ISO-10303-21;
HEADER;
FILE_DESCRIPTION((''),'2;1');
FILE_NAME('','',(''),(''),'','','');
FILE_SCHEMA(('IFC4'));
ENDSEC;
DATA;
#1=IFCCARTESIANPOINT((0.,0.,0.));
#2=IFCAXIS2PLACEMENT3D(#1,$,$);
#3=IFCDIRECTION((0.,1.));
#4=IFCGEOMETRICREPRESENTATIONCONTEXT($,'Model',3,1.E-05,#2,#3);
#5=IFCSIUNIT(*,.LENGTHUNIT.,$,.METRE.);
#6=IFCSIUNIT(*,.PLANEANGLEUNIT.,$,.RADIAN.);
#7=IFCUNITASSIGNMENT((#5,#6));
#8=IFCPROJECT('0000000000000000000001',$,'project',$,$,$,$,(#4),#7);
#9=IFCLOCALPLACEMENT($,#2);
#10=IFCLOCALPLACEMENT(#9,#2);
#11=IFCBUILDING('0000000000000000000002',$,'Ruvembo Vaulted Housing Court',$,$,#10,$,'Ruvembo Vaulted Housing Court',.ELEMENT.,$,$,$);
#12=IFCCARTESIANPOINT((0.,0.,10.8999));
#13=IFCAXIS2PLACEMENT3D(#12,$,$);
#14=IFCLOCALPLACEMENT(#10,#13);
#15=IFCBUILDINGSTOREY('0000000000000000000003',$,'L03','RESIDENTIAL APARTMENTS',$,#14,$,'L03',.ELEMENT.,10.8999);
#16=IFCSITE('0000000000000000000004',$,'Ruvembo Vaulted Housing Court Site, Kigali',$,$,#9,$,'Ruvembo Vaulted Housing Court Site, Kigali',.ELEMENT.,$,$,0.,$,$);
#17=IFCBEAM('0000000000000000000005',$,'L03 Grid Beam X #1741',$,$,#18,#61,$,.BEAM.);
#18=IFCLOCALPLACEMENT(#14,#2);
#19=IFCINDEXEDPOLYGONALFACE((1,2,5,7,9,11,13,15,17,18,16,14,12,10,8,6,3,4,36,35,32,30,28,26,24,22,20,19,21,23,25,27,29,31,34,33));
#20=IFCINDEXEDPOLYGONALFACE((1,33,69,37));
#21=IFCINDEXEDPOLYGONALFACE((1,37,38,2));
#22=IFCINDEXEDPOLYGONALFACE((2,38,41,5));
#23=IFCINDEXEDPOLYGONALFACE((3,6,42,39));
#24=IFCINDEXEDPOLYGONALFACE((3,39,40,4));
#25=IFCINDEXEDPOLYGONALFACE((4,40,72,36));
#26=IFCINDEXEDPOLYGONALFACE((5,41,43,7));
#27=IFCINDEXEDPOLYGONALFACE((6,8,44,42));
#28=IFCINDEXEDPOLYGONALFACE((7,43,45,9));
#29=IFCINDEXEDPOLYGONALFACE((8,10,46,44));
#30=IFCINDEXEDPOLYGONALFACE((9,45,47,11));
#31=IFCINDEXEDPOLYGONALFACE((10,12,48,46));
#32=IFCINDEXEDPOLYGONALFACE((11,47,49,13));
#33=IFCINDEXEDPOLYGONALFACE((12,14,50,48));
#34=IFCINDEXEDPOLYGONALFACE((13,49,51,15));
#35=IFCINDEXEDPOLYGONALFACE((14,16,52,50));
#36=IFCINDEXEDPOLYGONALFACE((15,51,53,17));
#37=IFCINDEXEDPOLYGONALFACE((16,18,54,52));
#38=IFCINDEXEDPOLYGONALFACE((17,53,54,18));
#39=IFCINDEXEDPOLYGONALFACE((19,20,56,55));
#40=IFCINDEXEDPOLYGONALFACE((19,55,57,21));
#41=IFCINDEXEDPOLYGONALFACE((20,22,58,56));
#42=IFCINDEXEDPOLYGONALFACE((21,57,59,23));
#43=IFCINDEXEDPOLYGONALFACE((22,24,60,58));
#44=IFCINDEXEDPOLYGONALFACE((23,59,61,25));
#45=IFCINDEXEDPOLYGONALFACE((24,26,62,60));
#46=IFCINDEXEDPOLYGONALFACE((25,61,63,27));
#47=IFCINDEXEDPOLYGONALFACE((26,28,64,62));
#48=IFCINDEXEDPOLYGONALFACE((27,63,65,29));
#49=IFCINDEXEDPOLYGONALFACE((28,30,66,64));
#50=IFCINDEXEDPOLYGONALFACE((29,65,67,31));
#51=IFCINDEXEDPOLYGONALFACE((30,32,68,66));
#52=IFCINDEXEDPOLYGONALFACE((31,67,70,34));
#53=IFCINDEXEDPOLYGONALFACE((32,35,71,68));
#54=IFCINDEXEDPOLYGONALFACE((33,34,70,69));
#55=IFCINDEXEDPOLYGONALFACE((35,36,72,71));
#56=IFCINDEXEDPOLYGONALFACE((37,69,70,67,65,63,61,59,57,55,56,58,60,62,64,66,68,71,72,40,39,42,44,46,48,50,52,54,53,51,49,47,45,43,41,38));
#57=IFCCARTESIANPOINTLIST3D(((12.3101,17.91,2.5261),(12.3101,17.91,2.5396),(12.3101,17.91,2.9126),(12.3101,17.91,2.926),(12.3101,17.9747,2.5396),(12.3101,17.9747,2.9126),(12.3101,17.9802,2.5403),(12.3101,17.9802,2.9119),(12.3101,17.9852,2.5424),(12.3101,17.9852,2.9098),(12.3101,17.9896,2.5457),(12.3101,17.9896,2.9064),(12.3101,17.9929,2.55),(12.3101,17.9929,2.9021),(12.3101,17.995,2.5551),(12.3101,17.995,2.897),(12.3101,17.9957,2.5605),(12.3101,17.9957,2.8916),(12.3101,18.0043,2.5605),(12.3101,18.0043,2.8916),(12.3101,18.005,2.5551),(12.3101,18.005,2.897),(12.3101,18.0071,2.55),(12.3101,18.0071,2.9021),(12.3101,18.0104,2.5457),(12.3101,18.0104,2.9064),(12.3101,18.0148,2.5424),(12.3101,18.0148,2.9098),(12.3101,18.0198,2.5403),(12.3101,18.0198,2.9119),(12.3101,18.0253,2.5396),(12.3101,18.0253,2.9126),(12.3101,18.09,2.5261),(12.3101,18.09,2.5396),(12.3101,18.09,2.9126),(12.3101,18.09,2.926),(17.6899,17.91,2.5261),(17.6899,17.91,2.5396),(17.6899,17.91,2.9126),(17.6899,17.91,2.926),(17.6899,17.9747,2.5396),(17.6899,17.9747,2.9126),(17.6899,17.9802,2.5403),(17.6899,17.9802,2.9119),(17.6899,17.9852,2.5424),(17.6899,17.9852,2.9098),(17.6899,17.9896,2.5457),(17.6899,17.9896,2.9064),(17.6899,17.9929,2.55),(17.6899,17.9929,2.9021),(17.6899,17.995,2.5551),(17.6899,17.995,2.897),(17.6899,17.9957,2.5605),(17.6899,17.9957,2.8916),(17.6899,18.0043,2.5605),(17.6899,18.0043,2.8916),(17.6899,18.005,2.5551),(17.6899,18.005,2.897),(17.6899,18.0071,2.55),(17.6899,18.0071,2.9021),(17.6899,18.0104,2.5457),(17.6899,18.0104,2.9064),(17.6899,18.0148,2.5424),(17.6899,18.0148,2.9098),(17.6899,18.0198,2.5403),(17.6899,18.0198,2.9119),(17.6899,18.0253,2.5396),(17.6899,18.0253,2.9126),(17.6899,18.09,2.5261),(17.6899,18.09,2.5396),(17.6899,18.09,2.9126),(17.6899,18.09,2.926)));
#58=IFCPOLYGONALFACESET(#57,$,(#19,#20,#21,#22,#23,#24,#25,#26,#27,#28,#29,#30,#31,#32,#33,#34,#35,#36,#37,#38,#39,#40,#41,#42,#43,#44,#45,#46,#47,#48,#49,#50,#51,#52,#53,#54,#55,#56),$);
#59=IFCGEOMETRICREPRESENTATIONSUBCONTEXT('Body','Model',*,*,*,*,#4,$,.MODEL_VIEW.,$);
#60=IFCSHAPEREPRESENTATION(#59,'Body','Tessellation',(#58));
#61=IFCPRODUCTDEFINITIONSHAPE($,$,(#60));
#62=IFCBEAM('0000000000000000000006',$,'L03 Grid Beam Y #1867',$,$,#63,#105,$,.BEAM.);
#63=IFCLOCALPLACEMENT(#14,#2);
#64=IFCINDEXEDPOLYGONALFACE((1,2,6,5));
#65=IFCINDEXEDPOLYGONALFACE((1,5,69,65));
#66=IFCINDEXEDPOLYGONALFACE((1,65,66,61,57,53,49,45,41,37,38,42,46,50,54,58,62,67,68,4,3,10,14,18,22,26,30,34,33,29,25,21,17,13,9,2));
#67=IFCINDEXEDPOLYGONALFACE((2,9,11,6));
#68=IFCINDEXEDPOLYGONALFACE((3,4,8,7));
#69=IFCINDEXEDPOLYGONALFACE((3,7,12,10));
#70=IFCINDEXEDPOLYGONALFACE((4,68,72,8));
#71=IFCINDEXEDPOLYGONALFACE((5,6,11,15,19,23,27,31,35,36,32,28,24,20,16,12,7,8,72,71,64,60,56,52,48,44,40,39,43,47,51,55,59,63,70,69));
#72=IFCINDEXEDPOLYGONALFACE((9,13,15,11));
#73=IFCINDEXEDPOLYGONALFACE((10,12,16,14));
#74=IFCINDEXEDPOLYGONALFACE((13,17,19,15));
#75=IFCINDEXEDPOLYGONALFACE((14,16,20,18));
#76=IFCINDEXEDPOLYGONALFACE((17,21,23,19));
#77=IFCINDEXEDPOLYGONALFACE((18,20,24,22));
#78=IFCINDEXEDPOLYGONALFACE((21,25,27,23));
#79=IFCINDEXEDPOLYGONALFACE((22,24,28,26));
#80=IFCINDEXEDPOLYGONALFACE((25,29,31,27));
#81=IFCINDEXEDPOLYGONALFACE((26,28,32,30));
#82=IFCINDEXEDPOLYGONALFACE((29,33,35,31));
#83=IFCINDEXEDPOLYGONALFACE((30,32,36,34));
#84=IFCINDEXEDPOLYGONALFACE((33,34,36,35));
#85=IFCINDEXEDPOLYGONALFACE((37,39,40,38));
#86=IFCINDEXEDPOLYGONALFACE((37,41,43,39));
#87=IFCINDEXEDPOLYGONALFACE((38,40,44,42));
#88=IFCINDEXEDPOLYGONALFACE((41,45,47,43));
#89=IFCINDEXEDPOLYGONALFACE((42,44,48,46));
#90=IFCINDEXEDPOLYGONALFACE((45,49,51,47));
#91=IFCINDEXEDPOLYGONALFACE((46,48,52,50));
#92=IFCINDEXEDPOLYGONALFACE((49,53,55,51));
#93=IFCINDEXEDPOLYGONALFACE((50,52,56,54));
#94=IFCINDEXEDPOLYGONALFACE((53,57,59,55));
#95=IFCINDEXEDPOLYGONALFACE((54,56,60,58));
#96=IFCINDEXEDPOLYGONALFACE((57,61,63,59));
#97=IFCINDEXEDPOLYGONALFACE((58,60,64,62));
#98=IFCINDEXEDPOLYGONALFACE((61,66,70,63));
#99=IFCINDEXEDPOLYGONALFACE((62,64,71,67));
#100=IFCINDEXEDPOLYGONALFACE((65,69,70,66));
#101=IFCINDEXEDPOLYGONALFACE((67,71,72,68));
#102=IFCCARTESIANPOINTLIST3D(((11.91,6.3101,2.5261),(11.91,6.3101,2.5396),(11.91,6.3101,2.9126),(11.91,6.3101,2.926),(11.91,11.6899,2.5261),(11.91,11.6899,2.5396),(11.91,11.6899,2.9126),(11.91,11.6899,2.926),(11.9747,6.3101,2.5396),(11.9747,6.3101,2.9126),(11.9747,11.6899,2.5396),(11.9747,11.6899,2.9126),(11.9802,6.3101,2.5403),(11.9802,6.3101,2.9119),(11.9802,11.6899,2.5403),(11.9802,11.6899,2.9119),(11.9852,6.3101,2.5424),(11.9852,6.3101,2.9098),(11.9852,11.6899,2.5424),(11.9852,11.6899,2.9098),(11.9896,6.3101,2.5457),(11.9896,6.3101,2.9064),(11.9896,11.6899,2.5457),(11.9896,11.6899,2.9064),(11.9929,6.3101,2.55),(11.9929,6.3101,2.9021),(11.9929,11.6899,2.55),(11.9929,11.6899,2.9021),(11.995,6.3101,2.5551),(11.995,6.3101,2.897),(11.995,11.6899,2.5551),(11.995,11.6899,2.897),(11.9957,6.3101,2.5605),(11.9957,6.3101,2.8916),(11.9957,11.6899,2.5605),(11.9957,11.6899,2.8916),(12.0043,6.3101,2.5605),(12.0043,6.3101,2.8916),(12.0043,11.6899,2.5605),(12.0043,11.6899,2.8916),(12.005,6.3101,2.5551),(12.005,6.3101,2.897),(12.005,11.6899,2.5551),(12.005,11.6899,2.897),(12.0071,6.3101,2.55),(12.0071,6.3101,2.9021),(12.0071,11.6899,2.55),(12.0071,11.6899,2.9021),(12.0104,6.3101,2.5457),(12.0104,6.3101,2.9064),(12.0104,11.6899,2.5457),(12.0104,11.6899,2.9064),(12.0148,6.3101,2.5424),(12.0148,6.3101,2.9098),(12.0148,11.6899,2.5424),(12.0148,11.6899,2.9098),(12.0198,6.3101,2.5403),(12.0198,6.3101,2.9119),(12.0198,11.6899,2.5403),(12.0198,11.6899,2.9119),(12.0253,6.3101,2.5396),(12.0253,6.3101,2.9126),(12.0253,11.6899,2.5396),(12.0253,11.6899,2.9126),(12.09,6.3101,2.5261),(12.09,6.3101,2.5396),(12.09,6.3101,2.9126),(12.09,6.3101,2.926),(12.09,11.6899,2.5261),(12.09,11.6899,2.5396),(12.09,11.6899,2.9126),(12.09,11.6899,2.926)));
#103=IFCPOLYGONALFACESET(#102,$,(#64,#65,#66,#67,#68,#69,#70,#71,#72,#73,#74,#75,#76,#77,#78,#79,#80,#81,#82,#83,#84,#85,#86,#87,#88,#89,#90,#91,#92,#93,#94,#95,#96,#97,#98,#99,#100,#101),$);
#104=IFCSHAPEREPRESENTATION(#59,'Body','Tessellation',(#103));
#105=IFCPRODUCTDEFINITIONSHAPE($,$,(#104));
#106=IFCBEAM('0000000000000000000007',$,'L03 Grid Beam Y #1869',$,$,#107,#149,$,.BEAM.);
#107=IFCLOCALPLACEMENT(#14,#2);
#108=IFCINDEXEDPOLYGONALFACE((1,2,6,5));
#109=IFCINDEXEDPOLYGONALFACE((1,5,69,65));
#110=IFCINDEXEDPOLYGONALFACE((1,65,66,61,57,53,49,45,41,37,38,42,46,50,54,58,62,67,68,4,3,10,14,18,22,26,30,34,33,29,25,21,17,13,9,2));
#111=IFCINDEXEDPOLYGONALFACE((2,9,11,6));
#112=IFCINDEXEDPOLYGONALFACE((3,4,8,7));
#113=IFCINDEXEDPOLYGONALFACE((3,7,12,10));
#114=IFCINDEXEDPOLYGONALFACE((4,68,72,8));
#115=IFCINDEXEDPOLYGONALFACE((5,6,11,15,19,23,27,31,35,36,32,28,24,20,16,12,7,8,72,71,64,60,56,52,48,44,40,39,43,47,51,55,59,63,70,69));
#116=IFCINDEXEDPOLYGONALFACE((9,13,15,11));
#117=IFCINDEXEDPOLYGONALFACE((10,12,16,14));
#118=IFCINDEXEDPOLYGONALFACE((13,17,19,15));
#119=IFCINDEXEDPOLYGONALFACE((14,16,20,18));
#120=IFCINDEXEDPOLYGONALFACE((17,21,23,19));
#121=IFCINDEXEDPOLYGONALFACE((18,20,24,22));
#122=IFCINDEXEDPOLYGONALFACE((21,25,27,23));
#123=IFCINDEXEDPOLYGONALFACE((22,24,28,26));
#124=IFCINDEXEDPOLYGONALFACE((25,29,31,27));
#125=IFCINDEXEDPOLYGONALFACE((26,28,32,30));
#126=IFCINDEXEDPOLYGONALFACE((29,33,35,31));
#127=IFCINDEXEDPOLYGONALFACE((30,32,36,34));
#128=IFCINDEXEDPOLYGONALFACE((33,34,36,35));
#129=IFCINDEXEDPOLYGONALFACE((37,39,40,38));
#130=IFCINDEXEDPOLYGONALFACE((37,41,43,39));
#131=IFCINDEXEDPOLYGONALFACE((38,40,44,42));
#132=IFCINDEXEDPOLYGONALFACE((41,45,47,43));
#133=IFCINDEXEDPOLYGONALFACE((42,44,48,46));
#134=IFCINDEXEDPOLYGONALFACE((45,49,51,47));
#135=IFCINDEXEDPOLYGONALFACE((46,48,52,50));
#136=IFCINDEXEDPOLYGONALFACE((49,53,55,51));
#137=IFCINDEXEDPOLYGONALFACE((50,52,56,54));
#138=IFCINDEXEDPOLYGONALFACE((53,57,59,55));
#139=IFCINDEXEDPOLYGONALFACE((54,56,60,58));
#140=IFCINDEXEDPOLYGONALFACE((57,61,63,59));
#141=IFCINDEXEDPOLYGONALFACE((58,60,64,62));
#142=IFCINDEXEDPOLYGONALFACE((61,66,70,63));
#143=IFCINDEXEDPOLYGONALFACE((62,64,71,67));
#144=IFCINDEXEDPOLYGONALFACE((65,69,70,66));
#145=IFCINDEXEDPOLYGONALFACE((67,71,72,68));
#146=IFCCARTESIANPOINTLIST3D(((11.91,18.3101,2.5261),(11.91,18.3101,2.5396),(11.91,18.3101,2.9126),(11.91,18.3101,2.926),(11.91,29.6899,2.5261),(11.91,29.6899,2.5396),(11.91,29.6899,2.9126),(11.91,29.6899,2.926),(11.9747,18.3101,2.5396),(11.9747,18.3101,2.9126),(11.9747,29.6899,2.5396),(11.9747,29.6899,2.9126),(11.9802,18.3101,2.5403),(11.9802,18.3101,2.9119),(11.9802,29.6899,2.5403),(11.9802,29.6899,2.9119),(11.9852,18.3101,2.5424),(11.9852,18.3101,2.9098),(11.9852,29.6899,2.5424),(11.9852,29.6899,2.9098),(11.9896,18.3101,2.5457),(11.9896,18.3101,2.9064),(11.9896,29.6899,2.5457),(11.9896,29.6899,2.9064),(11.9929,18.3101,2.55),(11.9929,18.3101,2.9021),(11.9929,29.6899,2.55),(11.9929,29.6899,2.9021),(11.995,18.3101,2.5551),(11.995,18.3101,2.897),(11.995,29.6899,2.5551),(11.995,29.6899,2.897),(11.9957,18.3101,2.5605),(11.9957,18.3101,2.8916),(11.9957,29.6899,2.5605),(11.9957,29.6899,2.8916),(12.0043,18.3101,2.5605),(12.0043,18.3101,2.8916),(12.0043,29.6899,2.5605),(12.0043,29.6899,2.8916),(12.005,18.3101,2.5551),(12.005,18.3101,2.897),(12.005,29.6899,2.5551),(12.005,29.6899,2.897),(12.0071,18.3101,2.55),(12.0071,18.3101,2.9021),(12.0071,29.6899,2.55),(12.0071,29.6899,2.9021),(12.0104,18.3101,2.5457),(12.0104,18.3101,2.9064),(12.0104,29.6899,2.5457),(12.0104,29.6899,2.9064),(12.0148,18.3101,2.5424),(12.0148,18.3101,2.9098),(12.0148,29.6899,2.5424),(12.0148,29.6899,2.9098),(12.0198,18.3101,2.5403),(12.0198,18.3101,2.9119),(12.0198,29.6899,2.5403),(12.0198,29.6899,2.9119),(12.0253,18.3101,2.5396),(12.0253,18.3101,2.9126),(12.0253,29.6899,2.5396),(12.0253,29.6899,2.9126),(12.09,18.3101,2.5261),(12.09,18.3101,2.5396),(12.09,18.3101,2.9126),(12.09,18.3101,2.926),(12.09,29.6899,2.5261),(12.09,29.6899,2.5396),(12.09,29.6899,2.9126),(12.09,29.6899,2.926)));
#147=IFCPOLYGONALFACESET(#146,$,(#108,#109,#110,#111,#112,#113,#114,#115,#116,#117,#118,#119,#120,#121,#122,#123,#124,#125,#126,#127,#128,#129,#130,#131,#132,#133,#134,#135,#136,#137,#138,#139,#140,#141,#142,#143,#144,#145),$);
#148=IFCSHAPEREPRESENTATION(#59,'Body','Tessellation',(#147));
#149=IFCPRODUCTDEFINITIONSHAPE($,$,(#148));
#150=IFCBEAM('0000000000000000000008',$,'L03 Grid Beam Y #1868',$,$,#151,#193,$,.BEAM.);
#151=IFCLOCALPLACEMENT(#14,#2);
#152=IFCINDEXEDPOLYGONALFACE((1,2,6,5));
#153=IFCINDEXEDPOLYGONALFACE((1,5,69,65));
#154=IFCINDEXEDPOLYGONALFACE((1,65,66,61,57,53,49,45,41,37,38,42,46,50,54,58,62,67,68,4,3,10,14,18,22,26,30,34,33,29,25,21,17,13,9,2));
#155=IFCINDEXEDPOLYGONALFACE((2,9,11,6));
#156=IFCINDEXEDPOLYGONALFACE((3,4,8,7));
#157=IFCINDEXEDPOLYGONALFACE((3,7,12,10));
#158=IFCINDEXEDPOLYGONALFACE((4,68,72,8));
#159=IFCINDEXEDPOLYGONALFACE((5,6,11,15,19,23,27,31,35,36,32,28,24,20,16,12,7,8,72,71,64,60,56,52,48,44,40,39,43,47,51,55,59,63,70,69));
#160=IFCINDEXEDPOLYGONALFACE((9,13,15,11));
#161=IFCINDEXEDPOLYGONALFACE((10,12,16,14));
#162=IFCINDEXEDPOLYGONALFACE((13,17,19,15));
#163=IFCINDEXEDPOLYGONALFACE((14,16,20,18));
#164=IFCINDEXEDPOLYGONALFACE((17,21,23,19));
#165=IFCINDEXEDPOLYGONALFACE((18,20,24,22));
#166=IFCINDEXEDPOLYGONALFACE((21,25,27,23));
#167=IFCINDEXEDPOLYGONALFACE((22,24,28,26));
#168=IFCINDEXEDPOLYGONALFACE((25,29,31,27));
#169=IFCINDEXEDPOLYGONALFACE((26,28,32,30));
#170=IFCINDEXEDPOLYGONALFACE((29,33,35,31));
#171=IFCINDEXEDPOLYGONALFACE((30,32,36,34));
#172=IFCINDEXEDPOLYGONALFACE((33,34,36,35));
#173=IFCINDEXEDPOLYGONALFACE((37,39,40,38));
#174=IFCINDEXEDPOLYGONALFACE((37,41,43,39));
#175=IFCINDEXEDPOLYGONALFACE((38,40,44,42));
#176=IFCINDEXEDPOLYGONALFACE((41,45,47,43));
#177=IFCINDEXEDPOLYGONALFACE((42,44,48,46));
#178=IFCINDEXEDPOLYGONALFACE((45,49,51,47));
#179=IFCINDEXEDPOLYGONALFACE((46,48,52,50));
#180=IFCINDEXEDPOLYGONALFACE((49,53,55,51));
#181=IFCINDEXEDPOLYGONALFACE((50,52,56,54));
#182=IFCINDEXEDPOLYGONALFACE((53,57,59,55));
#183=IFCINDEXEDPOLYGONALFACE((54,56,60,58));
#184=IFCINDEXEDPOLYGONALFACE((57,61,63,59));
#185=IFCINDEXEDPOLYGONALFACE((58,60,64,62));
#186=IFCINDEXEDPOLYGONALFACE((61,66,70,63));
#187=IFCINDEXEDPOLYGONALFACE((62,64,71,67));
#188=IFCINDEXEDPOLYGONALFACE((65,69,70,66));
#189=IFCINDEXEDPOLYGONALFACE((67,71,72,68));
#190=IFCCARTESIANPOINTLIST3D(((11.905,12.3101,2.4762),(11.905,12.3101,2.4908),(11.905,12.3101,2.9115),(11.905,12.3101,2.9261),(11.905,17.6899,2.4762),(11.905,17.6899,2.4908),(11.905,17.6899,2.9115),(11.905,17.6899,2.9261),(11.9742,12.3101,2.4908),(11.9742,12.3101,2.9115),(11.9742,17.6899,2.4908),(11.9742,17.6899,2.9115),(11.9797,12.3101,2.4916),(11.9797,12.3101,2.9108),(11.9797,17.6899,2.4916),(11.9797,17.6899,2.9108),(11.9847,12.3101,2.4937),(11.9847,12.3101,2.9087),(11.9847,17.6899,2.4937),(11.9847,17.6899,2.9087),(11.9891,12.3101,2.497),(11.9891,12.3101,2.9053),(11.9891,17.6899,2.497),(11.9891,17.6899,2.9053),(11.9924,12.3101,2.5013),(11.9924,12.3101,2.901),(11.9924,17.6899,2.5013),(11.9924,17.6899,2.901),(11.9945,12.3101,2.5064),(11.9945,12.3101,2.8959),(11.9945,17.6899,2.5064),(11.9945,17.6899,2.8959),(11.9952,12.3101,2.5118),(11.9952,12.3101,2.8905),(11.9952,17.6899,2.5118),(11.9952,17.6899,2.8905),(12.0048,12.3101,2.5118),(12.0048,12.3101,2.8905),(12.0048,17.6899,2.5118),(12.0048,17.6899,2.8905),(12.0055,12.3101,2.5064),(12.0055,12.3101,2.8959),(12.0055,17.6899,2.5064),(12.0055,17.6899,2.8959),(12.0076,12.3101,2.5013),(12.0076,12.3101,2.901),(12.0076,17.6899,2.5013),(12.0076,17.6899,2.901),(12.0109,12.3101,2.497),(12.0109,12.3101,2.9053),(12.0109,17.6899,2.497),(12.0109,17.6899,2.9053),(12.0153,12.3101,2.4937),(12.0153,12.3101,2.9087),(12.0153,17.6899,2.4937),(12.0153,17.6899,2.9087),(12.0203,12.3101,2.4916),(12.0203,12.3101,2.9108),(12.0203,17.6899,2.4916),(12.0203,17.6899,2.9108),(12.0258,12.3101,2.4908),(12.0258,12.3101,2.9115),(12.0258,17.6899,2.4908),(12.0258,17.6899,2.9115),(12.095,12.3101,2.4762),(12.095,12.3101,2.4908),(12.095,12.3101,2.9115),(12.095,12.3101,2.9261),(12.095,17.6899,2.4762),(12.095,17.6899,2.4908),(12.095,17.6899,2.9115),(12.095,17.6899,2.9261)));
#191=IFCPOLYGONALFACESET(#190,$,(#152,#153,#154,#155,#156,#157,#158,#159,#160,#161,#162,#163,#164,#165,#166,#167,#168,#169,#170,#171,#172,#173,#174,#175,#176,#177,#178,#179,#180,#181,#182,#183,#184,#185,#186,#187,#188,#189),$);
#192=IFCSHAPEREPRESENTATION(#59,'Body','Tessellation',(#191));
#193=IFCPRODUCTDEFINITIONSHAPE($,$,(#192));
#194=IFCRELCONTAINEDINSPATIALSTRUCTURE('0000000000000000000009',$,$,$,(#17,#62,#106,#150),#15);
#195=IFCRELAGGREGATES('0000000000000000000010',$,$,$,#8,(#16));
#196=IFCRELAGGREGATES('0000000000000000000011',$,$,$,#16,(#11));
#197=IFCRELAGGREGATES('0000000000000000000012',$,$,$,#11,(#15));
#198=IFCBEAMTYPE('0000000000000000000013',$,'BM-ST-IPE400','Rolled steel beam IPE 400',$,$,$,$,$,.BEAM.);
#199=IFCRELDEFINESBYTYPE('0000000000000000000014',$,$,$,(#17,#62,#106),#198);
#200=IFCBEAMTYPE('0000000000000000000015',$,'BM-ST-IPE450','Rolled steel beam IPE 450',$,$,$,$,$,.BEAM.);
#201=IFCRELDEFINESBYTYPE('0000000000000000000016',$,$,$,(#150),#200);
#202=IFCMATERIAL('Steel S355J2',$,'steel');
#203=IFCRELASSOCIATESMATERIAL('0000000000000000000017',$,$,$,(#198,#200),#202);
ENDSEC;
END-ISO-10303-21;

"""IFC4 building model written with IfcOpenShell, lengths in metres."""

from ifc_helpers import new_model, si_unit, direction, frame, origin, origin_2d, place, context, subcontext, project, spatial, i_section, extrude, material, material_profile, profile_set, type_object, element, save


model = new_model("IFC4")

# Units and contexts
model_context = context("Model", 3, precision=1e-05, world=origin(), true_north=direction((0.0, 1.0)))
body_context = subcontext(model_context, "Body", "Model", "MODEL_VIEW")
ifc_project = project(units=[si_unit("LENGTHUNIT", "METRE"), si_unit("PLANEANGLEUNIT", "RADIAN")], contexts=[model_context])

# Site, building, storey
site_placement = place(None, origin())
site = spatial("IfcSite", under=ifc_project, at=site_placement, Name="Ruvembo Vaulted Housing Court Site, Kigali", LongName="Ruvembo Vaulted Housing Court Site, Kigali", CompositionType="ELEMENT", RefElevation=0.0)
building_placement = place(site_placement, origin())
building = spatial("IfcBuilding", under=site, at=building_placement, Name="Ruvembo Vaulted Housing Court", LongName="Ruvembo Vaulted Housing Court", CompositionType="ELEMENT")
storey_placement = place(building_placement, frame((0.0, 0.0, 10.8999)))
storey = spatial("IfcBuildingStorey", under=building, at=storey_placement, Name="L03", Description="RESIDENTIAL APARTMENTS", LongName="L03", CompositionType="ELEMENT", Elevation=10.8999)

# Beams
ifc_material_1 = material(Name="Steel S355J2", Category="steel")
ifc_material_profile_1 = material_profile(ifc_material_1, i_section(OverallWidth=0.1799, OverallDepth=0.3999, WebThickness=0.0085, FlangeThickness=0.0134, FilletRadius=0.021, at=origin_2d()), Name="IPE 400")
ifc_profile_set_1 = profile_set([ifc_material_profile_1], Name="Steel S355J2")
beam_type_1 = type_object("IfcBeamType", Name="BM-ST-IPE400", Description="Rolled steel beam IPE 400", PredefinedType="BEAM", material=ifc_profile_set_1)
for number, where, z_axis, x_axis, name in (
    (1, (12.3101, 18.0, 2.7261), (1.0, 0.0, 0.0), (0.0, 1.0, 0.0), "L03 Grid Beam X #1741"),
    (2, (12.0, 6.3101, 2.7261), (0.0, 1.0, 0.0), (-1.0, 0.0, 0.0), "L03 Grid Beam Y #1867"),
):
    element("IfcBeam", number, at=place(storey_placement, frame(where, z_axis=z_axis, x_axis=x_axis)), inside=storey, type_object=beam_type_1, Name=name, PredefinedType="BEAM", context=body_context, shape_type="SweptSolid", body=[
        extrude(i_section(OverallWidth=0.1799, OverallDepth=0.3999, WebThickness=0.0085, FlangeThickness=0.0134, FilletRadius=0.021, at=origin_2d()), origin(), (0.0, 0.0, 1.0), 5.3799),
    ])
beam_1_placement = place(storey_placement, frame((12.0, 18.3101, 2.7261), z_axis=(0.0, 1.0, 0.0), x_axis=(-1.0, 0.0, 0.0)))
element("IfcBeam", 3, at=beam_1_placement, inside=storey, type_object=beam_type_1, Name="L03 Grid Beam Y #1869", PredefinedType="BEAM", context=body_context, shape_type="SweptSolid", body=[
    extrude(i_section(OverallWidth=0.1799, OverallDepth=0.3999, WebThickness=0.0085, FlangeThickness=0.0134, FilletRadius=0.021, at=origin_2d()), origin(), (0.0, 0.0, 1.0), 11.3799),
])
ifc_material_profile_2 = material_profile(ifc_material_1, i_section(OverallWidth=0.1899, OverallDepth=0.45, WebThickness=0.0095, FlangeThickness=0.0146, FilletRadius=0.021, at=origin_2d()), Name="IPE 450")
ifc_profile_set_2 = profile_set([ifc_material_profile_2], Name="Steel S355J2")
beam_type_2 = type_object("IfcBeamType", Name="BM-ST-IPE450", Description="Rolled steel beam IPE 450", PredefinedType="BEAM", material=ifc_profile_set_2)
beam_2_placement = place(storey_placement, frame((12.0, 12.3101, 2.7012), z_axis=(0.0, 1.0, 0.0), x_axis=(-1.0, 0.0, 0.0)))
element("IfcBeam", 4, at=beam_2_placement, inside=storey, type_object=beam_type_2, Name="L03 Grid Beam Y #1868", PredefinedType="BEAM", context=body_context, shape_type="SweptSolid", body=[
    extrude(i_section(OverallWidth=0.1899, OverallDepth=0.45, WebThickness=0.0095, FlangeThickness=0.0146, FilletRadius=0.021, at=origin_2d()), origin(), (0.0, 0.0, 1.0), 5.3799),
])

save(model, "model.ifc")
